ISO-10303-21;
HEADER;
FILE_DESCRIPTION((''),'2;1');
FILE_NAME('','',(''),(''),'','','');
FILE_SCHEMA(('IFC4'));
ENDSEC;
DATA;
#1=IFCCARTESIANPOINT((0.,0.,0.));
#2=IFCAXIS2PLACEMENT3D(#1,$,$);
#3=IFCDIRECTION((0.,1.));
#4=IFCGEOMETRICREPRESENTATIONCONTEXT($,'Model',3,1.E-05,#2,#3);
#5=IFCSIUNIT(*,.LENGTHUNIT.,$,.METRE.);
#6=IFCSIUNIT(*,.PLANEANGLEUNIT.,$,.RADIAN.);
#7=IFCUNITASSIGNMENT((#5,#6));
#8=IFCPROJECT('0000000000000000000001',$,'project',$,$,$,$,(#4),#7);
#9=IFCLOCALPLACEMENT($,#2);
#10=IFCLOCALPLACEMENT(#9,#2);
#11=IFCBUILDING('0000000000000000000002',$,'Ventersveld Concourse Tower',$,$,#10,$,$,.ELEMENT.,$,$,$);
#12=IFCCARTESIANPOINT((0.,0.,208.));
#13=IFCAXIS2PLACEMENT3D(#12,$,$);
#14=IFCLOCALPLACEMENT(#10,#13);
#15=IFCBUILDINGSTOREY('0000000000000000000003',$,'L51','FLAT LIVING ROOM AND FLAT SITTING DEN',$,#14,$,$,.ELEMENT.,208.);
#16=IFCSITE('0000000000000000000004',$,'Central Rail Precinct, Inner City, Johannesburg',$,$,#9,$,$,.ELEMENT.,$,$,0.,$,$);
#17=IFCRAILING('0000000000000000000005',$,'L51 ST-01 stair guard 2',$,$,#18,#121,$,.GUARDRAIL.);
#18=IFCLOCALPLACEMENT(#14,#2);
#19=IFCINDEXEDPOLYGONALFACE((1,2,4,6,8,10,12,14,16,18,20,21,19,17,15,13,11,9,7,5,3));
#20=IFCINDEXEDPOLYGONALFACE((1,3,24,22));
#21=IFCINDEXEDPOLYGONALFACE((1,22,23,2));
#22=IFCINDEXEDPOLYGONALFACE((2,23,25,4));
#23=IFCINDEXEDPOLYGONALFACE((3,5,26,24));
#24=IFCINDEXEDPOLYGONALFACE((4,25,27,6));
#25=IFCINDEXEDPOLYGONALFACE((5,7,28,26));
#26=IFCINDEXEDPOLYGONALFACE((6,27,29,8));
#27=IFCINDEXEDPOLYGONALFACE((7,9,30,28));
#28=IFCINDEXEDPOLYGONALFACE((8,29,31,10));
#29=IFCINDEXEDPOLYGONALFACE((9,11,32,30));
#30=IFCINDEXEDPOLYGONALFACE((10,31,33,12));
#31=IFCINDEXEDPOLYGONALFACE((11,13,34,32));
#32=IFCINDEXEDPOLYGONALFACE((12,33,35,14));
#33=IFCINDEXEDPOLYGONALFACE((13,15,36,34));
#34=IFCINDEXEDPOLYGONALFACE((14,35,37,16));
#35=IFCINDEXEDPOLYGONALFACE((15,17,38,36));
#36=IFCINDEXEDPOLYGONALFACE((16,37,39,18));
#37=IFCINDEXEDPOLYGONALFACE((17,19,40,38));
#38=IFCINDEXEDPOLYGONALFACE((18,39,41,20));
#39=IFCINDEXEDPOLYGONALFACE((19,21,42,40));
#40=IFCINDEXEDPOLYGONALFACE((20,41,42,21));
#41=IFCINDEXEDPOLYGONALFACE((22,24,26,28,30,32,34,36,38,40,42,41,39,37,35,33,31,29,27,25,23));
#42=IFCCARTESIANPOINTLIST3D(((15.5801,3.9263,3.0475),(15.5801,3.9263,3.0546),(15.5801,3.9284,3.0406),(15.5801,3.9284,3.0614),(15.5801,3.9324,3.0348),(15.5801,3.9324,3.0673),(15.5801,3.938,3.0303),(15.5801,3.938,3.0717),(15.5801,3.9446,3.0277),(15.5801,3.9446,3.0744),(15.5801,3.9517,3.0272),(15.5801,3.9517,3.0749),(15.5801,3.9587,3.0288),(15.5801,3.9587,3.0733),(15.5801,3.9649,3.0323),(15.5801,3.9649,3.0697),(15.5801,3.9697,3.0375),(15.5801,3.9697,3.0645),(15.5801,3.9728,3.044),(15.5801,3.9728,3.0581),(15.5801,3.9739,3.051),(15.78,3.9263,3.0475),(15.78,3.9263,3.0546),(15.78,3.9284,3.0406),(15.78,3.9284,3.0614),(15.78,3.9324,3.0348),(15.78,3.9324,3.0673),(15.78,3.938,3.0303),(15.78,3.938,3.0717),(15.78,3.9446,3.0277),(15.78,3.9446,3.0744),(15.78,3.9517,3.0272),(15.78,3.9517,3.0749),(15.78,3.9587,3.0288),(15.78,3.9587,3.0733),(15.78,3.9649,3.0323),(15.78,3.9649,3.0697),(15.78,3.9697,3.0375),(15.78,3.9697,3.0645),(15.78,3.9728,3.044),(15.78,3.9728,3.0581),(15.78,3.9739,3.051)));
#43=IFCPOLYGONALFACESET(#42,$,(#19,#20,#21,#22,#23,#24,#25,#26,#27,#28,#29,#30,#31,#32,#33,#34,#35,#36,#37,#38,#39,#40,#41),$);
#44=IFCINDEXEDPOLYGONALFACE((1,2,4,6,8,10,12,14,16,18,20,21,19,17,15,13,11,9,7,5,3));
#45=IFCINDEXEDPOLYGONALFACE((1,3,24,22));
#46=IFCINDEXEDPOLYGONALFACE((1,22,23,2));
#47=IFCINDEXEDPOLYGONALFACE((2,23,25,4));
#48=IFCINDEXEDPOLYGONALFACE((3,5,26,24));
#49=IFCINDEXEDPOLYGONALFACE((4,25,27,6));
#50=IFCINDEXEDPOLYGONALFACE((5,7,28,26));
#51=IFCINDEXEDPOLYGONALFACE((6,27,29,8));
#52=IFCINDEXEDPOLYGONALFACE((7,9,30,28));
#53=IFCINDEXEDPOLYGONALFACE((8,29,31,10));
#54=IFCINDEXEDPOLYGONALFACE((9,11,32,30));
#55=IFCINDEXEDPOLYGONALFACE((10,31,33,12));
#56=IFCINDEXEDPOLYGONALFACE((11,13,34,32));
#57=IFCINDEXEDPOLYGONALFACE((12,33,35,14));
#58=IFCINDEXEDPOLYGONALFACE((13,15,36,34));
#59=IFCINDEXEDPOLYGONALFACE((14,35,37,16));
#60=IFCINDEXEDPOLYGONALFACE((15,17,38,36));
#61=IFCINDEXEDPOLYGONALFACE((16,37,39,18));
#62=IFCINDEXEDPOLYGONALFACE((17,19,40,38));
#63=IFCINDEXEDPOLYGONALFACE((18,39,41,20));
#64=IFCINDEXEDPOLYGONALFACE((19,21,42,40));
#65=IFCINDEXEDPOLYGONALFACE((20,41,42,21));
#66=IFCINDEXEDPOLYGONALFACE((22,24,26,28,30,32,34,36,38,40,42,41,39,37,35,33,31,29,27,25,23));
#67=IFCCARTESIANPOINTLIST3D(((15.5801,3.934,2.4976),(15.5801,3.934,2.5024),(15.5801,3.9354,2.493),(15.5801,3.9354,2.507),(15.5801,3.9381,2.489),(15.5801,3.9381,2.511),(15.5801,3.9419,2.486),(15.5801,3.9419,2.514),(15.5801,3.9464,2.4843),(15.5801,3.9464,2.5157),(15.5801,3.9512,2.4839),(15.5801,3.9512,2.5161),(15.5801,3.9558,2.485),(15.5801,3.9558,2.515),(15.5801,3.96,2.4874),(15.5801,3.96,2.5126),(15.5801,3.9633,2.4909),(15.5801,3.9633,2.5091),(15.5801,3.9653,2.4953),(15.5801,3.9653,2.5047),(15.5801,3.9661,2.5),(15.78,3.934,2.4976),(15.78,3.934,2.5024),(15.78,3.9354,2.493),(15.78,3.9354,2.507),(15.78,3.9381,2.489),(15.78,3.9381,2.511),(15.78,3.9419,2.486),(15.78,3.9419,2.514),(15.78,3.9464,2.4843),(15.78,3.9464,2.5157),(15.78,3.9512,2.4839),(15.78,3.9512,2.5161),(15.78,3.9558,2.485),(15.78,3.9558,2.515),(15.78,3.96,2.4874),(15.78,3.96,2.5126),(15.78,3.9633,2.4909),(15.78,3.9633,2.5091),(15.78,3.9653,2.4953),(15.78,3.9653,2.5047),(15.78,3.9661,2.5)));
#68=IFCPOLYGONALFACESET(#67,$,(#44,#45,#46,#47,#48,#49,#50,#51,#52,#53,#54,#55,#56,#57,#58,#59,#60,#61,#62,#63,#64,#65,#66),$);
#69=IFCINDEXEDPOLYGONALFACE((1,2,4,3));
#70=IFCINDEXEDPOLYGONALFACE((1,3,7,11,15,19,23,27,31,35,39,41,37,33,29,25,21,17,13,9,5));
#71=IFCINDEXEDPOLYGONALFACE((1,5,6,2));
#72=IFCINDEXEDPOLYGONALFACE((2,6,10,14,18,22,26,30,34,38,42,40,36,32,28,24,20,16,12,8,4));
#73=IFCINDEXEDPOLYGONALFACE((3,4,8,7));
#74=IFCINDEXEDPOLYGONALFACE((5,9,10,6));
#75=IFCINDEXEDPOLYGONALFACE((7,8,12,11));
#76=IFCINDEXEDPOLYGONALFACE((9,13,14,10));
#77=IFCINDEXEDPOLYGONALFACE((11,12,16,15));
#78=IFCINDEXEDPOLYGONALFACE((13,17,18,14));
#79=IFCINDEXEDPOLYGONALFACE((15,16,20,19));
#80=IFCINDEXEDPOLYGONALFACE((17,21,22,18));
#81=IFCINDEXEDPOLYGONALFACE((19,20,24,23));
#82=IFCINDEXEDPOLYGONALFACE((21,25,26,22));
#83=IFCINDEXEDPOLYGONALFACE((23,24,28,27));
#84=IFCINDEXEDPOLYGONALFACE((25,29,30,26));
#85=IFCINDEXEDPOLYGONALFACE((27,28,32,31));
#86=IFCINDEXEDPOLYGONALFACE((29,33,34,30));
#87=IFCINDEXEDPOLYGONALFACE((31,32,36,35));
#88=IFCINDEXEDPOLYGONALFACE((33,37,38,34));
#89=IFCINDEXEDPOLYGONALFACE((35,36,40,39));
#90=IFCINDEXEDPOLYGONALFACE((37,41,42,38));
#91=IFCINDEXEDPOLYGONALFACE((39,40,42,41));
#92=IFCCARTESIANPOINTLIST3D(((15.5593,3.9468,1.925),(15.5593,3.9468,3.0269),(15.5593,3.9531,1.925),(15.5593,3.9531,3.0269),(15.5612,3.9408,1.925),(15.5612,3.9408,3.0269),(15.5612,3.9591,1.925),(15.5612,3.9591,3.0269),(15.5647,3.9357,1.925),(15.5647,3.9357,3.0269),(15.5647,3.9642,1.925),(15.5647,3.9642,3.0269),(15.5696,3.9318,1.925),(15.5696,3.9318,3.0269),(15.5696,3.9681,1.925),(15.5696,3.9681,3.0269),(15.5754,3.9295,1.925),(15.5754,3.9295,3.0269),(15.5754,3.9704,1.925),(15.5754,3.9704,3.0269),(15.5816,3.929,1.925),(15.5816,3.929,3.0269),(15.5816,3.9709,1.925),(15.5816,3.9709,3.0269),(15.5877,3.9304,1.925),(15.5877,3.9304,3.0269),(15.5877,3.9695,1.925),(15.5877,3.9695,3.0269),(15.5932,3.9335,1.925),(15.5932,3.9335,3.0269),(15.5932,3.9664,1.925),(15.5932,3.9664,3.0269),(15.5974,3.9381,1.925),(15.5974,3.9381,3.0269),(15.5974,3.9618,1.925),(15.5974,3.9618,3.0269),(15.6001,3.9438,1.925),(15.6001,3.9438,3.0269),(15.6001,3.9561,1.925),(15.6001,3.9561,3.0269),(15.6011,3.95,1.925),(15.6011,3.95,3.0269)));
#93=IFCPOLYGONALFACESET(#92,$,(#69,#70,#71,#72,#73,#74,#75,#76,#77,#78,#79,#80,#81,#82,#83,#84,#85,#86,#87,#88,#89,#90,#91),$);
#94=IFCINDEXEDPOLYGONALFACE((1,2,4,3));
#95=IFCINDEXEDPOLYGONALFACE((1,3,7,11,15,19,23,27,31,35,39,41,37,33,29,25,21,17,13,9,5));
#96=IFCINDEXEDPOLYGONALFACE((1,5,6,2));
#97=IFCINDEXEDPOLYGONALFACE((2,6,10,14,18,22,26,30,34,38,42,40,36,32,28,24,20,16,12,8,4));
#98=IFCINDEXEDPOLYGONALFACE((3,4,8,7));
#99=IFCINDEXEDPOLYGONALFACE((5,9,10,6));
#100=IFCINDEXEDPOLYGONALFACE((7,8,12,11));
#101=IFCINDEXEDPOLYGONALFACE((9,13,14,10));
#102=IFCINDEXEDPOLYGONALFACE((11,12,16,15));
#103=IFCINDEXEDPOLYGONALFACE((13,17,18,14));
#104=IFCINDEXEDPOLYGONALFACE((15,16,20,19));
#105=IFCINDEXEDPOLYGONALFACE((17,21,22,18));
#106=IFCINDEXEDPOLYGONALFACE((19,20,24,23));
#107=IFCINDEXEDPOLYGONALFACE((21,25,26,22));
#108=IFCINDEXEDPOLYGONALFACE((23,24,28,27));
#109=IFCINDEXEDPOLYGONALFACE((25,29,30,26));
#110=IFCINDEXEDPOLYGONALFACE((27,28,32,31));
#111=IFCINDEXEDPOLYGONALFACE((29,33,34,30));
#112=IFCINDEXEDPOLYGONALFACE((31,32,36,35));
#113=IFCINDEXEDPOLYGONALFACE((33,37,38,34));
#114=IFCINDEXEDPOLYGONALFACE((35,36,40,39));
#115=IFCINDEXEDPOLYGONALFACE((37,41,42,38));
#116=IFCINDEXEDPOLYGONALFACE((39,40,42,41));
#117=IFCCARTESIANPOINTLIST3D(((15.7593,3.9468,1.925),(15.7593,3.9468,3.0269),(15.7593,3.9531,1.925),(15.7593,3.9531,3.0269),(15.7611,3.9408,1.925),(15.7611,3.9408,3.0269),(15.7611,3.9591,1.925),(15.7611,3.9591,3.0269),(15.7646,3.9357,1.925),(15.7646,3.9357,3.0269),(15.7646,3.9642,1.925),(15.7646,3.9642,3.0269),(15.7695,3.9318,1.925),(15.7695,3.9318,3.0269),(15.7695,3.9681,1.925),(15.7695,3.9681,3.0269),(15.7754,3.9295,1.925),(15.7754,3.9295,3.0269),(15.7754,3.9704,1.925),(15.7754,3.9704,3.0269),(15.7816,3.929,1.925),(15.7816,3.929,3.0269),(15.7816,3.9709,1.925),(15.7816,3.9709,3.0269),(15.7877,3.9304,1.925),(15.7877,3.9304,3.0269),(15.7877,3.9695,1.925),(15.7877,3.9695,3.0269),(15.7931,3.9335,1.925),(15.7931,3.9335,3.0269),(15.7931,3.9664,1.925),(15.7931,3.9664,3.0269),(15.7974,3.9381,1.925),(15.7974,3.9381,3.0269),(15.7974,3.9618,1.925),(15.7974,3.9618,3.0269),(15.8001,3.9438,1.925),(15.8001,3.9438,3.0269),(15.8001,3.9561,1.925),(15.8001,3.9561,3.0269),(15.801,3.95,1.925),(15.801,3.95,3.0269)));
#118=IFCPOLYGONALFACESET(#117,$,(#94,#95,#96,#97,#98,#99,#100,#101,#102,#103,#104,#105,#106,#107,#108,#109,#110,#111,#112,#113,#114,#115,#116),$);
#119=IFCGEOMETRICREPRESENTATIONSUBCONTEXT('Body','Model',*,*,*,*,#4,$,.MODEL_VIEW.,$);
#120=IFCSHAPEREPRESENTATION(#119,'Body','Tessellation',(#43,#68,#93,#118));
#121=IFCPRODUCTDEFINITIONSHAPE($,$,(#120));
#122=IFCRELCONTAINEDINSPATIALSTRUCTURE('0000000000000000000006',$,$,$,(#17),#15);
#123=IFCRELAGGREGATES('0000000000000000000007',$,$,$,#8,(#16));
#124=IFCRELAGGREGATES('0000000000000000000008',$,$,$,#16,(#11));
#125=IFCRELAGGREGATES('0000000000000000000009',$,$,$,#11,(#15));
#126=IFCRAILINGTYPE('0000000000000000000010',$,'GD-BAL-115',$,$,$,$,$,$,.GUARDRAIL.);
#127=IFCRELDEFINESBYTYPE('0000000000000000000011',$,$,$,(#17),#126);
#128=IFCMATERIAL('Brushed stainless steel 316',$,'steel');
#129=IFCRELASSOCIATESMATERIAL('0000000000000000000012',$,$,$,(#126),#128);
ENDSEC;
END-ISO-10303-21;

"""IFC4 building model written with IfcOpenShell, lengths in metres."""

from ifc_helpers import new_model, si_unit, direction, frame, origin, origin_2d, place, context, subcontext, project, spatial, circle, extrude, material, type_object, element, save


model = new_model("IFC4")

# Units and contexts
model_context = context("Model", 3, precision=1e-05, world=origin(), true_north=direction((0.0, 1.0)))
body_context = subcontext(model_context, "Body", "Model", "MODEL_VIEW")
ifc_project = project(units=[si_unit("LENGTHUNIT", "METRE"), si_unit("PLANEANGLEUNIT", "RADIAN")], contexts=[model_context])

# Site, building, storey
site_placement = place(None, origin())
site = spatial("IfcSite", under=ifc_project, at=site_placement, Name="Central Rail Precinct, Inner City, Johannesburg", CompositionType="ELEMENT", RefElevation=0.0)
building_placement = place(site_placement, origin())
building = spatial("IfcBuilding", under=site, at=building_placement, Name="Ventersveld Concourse Tower", CompositionType="ELEMENT")
storey_placement = place(building_placement, frame((0.0, 0.0, 208.0)))
storey = spatial("IfcBuildingStorey", under=building, at=storey_placement, Name="L51", Description="FLAT LIVING ROOM AND FLAT SITTING DEN", CompositionType="ELEMENT", Elevation=208.0)

# Railing
ifc_material_1 = material(Name="Brushed stainless steel 316", Category="steel")
railing_type_1 = type_object("IfcRailingType", Name="GD-BAL-115", PredefinedType="GUARDRAIL", material=ifc_material_1)
railing_1_placement = place(storey_placement, frame((15.5801, 3.95, 1.925)))
element("IfcRailing", 1, at=railing_1_placement, inside=storey, type_object=railing_type_1, Name="L51 ST-01 stair guard 2", PredefinedType="GUARDRAIL", context=body_context, shape_type="SweptSolid", body=[
    extrude(circle(Radius=0.0239, at=origin_2d()), frame((0.0, 0.0, 1.126), z_axis=(1.0, 0.0, 0.0), x_axis=(0.0, 1.0, 0.0)), (0.0, 0.0, 1.0), 0.2),
    extrude(circle(Radius=0.0161, at=origin_2d()), frame((0.0, 0.0, 0.575), z_axis=(1.0, 0.0, 0.0), x_axis=(0.0, 1.0, 0.0)), (0.0, 0.0, 1.0), 0.2),
    extrude(circle(Radius=0.021, at=origin_2d()), origin(), (0.0, 0.0, 1.0), 1.1018),
    extrude(circle(Radius=0.021, at=origin_2d()), frame((0.2, 0.0, 0.0)), (0.0, 0.0, 1.0), 1.1018),
])

save(model, "model.ifc")
